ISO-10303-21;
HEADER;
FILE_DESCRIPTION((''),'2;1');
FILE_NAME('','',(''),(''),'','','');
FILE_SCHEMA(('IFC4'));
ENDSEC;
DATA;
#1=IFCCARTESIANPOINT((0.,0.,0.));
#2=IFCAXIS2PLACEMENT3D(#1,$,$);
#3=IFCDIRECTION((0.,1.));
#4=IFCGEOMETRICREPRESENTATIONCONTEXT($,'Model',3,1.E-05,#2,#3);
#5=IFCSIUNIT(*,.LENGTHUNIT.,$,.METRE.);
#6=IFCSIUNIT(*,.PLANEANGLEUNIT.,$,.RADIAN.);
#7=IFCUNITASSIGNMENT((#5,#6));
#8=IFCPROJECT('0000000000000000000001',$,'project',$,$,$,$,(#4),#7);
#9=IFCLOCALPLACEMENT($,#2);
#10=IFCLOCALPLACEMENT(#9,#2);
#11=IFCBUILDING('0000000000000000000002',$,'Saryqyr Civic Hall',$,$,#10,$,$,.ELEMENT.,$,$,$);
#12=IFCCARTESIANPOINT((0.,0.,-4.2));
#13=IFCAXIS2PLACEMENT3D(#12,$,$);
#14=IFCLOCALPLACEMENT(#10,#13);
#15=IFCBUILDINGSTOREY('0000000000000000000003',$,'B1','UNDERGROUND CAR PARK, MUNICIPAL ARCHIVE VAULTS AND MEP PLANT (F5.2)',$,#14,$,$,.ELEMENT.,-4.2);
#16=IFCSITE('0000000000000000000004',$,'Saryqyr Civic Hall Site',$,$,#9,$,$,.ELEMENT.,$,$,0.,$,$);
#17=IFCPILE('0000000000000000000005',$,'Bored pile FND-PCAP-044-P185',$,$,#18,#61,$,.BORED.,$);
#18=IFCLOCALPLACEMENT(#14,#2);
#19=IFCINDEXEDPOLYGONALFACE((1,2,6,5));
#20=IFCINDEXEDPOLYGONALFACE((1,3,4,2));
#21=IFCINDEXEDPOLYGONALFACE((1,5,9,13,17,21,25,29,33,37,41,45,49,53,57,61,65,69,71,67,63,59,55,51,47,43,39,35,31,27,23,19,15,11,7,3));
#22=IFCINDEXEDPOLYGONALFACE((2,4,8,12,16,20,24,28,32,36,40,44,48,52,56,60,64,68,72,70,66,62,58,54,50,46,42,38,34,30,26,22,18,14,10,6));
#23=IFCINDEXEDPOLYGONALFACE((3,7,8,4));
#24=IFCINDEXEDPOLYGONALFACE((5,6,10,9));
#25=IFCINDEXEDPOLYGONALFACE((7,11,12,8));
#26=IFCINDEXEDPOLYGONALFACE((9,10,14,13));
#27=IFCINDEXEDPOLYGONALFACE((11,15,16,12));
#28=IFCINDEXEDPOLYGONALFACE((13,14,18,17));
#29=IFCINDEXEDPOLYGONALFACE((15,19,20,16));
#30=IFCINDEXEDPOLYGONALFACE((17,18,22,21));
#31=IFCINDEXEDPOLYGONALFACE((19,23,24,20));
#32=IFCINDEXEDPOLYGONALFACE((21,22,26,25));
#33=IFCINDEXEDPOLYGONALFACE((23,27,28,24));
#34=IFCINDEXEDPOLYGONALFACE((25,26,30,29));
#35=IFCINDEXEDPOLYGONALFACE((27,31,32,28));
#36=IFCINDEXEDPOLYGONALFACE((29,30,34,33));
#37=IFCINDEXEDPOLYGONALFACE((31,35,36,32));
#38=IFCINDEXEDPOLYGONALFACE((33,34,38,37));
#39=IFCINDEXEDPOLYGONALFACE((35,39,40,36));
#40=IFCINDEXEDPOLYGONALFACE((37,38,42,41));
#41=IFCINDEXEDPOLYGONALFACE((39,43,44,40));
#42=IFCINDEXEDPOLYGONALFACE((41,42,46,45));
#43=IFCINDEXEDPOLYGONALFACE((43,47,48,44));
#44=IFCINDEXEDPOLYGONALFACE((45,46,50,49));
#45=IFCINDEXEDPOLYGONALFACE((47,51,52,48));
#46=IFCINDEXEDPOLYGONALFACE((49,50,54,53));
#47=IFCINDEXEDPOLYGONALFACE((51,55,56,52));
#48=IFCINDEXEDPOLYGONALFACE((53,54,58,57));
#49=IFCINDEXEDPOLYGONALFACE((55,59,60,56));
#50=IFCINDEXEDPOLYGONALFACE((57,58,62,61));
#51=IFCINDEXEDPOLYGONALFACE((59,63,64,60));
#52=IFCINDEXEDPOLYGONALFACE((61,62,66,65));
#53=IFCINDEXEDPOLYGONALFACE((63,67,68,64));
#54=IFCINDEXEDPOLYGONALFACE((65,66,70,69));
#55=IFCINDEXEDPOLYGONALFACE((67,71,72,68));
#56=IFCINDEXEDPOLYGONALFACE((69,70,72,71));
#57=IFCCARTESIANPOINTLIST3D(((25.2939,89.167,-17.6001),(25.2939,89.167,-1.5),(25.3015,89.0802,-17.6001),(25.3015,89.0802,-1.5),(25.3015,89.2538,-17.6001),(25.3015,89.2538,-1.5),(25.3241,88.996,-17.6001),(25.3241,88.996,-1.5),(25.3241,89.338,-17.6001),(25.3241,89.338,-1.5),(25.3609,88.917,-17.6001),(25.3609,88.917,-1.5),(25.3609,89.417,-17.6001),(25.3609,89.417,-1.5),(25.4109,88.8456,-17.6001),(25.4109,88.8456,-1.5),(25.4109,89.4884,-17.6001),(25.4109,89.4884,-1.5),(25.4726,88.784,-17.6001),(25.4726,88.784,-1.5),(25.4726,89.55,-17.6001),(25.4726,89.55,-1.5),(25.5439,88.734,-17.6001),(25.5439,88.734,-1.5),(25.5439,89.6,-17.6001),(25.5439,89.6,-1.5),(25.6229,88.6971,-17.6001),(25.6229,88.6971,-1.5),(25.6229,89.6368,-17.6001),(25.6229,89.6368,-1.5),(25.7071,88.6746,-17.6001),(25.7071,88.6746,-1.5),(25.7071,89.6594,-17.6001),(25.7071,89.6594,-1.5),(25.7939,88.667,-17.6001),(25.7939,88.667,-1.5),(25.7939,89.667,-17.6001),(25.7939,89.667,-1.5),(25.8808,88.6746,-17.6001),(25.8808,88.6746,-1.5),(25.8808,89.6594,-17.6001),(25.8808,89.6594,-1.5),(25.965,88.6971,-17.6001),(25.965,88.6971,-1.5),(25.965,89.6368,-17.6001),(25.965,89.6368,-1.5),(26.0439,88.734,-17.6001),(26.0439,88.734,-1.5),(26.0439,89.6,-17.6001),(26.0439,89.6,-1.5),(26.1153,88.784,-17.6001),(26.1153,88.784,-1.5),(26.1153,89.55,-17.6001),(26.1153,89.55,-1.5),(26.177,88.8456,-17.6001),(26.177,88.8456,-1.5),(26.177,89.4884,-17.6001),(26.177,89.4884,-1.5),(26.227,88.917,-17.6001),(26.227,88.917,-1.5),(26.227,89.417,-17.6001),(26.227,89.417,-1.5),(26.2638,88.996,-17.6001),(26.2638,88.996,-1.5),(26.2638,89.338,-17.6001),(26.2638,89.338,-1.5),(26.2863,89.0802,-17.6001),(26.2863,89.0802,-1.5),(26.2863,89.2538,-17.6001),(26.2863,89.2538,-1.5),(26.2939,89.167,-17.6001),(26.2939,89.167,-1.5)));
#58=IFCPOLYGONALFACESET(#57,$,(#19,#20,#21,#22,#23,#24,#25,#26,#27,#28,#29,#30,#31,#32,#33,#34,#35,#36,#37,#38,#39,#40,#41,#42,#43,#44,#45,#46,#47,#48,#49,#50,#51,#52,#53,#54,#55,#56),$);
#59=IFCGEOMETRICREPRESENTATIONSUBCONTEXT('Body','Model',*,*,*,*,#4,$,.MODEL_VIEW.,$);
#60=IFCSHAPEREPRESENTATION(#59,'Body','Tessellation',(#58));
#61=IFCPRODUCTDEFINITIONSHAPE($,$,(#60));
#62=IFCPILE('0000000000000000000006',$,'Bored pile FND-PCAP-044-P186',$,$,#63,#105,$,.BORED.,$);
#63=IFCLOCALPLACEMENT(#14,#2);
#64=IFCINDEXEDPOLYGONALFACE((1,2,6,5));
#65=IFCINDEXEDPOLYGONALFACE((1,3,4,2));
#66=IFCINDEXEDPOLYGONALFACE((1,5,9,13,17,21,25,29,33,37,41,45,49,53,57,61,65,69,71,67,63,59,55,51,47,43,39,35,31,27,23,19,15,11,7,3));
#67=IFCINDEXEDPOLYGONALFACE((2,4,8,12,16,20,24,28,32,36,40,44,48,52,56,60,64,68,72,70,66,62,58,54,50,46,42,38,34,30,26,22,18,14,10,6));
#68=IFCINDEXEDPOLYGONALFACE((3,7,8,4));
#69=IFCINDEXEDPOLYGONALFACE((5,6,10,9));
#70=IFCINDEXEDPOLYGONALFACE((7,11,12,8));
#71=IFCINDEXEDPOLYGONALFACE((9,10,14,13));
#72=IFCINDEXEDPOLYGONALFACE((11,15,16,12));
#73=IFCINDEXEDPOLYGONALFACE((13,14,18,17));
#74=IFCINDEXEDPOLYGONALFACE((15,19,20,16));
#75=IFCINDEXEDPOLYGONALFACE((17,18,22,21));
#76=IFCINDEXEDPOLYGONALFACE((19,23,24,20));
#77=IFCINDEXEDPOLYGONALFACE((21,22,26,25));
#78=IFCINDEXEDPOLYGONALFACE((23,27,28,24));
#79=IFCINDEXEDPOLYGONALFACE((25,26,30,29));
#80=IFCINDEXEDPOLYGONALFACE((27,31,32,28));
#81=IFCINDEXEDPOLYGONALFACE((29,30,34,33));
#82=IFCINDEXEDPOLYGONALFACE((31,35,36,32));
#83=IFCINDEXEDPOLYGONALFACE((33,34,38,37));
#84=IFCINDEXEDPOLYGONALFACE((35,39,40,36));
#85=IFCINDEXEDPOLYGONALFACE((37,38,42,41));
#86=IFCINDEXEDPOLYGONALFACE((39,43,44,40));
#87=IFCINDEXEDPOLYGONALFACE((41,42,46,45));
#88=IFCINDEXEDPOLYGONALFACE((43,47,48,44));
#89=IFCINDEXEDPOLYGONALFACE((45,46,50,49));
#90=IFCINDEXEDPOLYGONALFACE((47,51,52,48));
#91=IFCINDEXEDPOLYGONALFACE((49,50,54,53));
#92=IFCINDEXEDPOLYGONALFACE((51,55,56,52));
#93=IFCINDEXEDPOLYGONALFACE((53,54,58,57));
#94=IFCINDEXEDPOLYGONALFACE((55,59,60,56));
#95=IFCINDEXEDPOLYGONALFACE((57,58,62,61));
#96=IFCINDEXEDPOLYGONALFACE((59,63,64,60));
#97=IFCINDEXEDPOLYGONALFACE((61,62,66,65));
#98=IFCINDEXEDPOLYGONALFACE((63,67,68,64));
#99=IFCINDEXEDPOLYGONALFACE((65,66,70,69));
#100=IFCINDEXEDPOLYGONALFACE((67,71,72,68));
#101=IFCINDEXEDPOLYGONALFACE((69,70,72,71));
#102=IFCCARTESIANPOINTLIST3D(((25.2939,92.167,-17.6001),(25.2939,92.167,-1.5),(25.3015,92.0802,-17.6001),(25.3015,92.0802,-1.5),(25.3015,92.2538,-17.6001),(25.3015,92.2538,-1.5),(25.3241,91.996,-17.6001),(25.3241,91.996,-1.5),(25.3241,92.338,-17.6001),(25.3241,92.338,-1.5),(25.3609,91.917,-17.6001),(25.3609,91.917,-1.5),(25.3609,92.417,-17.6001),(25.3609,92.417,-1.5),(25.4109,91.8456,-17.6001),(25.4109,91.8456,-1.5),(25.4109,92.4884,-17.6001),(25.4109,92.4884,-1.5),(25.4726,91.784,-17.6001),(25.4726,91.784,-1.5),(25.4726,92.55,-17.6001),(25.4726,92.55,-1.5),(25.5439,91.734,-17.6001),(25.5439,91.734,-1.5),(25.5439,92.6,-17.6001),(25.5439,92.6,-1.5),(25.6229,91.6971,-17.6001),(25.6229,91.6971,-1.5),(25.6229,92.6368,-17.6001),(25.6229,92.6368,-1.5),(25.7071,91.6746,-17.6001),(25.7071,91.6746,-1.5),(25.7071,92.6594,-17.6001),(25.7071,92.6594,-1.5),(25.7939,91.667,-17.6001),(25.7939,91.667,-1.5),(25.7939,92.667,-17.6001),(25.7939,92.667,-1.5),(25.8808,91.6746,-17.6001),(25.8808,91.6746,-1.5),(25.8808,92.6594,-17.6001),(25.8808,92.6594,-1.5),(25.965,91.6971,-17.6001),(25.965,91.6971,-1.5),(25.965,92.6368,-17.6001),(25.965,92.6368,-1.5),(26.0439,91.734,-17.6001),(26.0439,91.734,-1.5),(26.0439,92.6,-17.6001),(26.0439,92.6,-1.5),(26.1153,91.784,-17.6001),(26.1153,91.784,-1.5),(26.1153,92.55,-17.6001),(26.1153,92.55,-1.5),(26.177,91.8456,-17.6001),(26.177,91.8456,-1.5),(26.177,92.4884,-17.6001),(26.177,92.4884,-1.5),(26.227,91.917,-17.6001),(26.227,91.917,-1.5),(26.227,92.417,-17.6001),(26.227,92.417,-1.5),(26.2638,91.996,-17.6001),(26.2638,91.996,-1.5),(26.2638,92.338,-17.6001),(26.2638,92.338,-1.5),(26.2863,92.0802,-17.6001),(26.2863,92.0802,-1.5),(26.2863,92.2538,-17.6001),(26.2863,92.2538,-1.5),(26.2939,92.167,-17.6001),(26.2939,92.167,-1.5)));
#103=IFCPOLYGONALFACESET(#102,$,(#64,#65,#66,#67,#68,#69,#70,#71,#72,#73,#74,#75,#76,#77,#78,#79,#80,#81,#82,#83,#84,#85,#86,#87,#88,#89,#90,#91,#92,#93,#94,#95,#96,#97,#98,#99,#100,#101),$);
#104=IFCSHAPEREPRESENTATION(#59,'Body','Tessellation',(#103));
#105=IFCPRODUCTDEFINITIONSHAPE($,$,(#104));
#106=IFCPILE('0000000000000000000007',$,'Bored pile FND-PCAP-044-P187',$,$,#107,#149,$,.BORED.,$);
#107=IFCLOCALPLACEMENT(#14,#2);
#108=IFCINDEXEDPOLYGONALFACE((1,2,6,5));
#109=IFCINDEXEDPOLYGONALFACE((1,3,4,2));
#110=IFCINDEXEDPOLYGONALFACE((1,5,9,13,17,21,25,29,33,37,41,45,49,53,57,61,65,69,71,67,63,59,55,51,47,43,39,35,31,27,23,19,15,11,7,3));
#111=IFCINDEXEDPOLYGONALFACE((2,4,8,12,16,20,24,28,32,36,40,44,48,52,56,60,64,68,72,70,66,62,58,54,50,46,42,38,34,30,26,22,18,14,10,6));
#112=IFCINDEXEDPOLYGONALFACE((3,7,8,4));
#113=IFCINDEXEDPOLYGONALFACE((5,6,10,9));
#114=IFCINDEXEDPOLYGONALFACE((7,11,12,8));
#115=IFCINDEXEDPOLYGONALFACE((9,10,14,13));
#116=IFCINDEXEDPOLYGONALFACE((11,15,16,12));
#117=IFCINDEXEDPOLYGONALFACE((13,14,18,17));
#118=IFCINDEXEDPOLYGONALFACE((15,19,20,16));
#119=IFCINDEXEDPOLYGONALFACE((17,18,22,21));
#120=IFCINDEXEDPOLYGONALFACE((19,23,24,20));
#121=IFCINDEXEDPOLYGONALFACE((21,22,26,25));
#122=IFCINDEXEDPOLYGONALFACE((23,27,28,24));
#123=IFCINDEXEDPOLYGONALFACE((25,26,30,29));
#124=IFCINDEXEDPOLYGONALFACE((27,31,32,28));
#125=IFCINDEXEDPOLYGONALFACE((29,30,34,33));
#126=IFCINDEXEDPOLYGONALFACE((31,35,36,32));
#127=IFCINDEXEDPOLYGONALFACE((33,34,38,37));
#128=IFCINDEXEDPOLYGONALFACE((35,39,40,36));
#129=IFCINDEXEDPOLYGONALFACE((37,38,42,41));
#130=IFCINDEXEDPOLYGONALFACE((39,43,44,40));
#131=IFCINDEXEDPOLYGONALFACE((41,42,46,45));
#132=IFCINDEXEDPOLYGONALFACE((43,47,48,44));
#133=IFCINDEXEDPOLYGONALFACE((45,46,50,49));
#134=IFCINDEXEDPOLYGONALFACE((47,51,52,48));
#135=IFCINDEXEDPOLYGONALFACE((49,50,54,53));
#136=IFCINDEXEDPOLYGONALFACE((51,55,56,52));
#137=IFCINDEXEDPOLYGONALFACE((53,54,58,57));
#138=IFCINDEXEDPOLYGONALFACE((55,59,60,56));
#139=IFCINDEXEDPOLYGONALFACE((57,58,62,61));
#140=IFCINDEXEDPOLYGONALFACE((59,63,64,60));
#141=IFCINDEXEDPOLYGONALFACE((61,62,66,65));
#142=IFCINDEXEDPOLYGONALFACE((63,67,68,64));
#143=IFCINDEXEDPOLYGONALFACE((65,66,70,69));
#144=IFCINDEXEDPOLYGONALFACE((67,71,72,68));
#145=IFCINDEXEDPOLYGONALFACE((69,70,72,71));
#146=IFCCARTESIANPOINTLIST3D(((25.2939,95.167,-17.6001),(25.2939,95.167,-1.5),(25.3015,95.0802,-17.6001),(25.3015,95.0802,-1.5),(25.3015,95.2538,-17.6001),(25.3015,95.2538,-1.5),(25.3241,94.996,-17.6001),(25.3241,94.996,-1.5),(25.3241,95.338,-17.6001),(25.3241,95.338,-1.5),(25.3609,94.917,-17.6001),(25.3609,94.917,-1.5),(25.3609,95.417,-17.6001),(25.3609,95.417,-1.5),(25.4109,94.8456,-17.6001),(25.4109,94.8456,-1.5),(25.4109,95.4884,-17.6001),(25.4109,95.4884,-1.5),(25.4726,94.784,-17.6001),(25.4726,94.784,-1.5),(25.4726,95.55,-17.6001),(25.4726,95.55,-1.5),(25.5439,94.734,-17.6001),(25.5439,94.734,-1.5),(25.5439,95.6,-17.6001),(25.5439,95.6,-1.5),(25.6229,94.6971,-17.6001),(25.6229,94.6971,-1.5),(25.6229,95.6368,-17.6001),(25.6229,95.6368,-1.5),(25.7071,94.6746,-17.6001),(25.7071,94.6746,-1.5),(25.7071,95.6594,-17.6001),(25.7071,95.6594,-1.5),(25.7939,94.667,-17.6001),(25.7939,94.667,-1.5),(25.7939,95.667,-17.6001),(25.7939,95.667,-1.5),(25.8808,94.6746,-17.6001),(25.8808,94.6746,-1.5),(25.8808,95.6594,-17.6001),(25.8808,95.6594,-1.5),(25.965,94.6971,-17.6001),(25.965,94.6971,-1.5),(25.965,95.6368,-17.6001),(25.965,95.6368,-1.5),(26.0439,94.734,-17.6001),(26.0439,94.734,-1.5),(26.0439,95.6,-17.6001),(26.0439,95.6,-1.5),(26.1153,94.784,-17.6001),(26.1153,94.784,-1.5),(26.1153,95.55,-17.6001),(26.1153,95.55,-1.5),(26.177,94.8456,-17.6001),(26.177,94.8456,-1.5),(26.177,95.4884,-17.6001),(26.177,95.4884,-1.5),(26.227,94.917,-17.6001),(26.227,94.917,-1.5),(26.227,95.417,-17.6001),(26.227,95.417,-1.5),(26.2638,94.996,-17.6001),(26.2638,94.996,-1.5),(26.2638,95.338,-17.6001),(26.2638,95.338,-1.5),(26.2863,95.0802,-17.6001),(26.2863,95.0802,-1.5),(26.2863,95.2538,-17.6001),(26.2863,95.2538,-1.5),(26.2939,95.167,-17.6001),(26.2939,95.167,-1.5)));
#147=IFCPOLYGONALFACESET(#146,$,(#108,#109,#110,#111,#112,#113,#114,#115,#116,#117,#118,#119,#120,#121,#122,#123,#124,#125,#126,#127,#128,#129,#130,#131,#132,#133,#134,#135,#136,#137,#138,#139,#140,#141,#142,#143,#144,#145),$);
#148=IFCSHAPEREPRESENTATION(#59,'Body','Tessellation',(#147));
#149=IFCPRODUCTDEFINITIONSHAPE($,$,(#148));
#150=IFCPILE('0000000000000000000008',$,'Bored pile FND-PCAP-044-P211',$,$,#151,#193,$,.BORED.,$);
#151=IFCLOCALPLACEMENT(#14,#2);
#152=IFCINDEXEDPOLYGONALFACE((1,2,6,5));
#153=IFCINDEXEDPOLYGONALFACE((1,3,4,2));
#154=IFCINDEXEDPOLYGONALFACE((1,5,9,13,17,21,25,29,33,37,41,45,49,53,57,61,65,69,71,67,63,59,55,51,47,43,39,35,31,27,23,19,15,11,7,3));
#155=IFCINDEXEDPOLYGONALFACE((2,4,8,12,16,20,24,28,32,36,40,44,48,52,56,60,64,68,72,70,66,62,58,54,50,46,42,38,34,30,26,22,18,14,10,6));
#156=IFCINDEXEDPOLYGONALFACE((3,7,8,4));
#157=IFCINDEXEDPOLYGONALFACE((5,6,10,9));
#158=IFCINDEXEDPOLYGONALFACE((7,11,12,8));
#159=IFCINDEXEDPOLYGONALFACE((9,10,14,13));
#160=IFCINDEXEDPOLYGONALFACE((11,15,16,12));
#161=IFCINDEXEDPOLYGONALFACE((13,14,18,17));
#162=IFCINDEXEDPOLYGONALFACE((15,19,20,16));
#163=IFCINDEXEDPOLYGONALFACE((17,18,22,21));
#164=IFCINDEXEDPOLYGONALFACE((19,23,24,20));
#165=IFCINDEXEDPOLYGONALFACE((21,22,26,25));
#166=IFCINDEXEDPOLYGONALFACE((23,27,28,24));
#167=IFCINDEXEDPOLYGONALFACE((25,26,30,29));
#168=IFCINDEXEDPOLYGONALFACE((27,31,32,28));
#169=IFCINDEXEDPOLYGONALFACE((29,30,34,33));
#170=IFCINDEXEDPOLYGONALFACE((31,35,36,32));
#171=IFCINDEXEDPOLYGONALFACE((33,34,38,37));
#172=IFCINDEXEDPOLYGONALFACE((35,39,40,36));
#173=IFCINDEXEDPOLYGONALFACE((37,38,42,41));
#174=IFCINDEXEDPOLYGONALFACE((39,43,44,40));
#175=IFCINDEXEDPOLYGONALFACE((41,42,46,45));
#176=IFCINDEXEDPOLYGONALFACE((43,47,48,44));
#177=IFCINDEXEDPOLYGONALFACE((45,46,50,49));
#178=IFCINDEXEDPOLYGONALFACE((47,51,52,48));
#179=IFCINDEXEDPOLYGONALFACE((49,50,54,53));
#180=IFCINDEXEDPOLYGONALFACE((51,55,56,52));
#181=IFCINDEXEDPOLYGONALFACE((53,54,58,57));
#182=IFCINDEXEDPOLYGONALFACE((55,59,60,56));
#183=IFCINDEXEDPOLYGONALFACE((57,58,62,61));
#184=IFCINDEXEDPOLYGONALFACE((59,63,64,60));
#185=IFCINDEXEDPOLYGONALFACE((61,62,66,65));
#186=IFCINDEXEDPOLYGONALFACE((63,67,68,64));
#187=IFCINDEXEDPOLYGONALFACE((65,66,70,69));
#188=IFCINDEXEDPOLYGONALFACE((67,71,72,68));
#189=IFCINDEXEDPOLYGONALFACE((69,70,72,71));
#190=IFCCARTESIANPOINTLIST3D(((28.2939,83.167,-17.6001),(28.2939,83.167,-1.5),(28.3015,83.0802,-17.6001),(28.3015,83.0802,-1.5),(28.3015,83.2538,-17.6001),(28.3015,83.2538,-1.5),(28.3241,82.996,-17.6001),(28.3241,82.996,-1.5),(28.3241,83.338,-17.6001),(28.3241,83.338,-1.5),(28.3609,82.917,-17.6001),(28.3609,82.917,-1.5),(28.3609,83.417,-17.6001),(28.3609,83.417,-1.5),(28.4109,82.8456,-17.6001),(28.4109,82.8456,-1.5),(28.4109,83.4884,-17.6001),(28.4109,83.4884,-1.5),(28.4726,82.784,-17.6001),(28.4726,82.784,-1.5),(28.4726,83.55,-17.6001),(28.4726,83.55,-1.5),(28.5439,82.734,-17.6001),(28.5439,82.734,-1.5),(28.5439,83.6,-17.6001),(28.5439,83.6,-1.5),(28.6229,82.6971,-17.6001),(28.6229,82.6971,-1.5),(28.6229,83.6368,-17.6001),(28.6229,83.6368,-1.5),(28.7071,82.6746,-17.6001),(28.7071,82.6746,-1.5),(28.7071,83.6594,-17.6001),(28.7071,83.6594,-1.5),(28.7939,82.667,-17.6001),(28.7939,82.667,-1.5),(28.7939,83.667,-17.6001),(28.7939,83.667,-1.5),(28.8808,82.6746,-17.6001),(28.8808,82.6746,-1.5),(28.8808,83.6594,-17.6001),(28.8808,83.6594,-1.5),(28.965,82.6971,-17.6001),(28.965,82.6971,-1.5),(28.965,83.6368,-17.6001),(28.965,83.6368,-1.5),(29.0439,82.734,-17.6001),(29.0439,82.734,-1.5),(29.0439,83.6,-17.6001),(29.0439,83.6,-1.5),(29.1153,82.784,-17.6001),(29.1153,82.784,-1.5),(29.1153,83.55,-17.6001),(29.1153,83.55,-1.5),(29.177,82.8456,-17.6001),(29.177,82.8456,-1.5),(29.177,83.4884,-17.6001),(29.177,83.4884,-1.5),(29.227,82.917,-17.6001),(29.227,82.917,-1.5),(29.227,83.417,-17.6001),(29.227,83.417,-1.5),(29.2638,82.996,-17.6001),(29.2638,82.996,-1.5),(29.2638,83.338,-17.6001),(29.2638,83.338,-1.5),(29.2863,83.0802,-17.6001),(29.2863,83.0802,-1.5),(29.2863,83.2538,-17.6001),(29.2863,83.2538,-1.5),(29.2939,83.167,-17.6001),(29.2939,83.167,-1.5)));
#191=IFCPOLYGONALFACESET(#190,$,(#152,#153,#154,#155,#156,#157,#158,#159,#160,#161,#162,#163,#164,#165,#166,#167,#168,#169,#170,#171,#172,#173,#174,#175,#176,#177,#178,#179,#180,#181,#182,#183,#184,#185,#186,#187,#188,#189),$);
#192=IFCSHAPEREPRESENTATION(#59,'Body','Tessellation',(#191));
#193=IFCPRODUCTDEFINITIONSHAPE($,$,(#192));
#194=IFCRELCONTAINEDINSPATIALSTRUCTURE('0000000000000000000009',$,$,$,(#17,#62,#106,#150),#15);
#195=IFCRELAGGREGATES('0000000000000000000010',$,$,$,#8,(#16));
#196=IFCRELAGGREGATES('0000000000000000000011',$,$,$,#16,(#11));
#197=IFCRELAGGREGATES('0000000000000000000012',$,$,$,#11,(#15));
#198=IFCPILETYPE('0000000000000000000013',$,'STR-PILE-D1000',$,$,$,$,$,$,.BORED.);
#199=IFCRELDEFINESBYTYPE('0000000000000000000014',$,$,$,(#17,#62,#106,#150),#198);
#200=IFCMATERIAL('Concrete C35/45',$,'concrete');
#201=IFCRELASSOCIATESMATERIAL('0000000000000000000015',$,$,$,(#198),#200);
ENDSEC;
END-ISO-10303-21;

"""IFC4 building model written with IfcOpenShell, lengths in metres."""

from ifc_helpers import new_model, si_unit, direction, frame, origin, origin_2d, place, context, subcontext, project, spatial, circle, extrude, material, material_profile, profile_set, type_object, element, save


model = new_model("IFC4")

# Units and contexts
model_context = context("Model", 3, precision=1e-05, world=origin(), true_north=direction((0.0, 1.0)))
body_context = subcontext(model_context, "Body", "Model", "MODEL_VIEW")
ifc_project = project(units=[si_unit("LENGTHUNIT", "METRE"), si_unit("PLANEANGLEUNIT", "RADIAN")], contexts=[model_context])

# Site, building, storey
site_placement = place(None, origin())
site = spatial("IfcSite", under=ifc_project, at=site_placement, Name="Saryqyr Civic Hall Site", CompositionType="ELEMENT", RefElevation=0.0)
building_placement = place(site_placement, origin())
building = spatial("IfcBuilding", under=site, at=building_placement, Name="Saryqyr Civic Hall", CompositionType="ELEMENT")
storey_placement = place(building_placement, frame((0.0, 0.0, -4.2)))
storey = spatial("IfcBuildingStorey", under=building, at=storey_placement, Name="B1", Description="UNDERGROUND CAR PARK, MUNICIPAL ARCHIVE VAULTS AND MEP PLANT (F5.2)", CompositionType="ELEMENT", Elevation=-4.2)

# Piles
ifc_material_1 = material(Name="Concrete C35/45", Category="concrete")
ifc_material_profile_1 = material_profile(ifc_material_1, circle(Radius=0.5, at=origin_2d()), Name="BORED PILE D1000")
ifc_profile_set_1 = profile_set([ifc_material_profile_1], Name="Concrete C35/45")
pile_type = type_object("IfcPileType", Name="STR-PILE-D1000", PredefinedType="BORED", material=ifc_profile_set_1)
for number, where, z_axis, x_axis, name in (
    (1, (25.7939, 89.167, -1.5), (0.0, 0.0, -1.0), (1.0, 0.0, 0.0), "Bored pile FND-PCAP-044-P185"),
    (2, (25.7939, 92.167, -1.5), (0.0, 0.0, -1.0), (1.0, 0.0, 0.0), "Bored pile FND-PCAP-044-P186"),
    (3, (25.7939, 95.167, -1.5), (0.0, 0.0, -1.0), (1.0, 0.0, 0.0), "Bored pile FND-PCAP-044-P187"),
    (4, (28.7939, 83.167, -1.5), (0.0, 0.0, -1.0), (1.0, 0.0, 0.0), "Bored pile FND-PCAP-044-P211"),
):
    element("IfcPile", number, at=place(storey_placement, frame(where, z_axis=z_axis, x_axis=x_axis)), inside=storey, type_object=pile_type, Name=name, PredefinedType="BORED", context=body_context, shape_type="SweptSolid", body=[
        extrude(circle(Radius=0.5, at=origin_2d()), origin(), (0.0, 0.0, 1.0), 16.1001),
    ])

save(model, "model.ifc")
